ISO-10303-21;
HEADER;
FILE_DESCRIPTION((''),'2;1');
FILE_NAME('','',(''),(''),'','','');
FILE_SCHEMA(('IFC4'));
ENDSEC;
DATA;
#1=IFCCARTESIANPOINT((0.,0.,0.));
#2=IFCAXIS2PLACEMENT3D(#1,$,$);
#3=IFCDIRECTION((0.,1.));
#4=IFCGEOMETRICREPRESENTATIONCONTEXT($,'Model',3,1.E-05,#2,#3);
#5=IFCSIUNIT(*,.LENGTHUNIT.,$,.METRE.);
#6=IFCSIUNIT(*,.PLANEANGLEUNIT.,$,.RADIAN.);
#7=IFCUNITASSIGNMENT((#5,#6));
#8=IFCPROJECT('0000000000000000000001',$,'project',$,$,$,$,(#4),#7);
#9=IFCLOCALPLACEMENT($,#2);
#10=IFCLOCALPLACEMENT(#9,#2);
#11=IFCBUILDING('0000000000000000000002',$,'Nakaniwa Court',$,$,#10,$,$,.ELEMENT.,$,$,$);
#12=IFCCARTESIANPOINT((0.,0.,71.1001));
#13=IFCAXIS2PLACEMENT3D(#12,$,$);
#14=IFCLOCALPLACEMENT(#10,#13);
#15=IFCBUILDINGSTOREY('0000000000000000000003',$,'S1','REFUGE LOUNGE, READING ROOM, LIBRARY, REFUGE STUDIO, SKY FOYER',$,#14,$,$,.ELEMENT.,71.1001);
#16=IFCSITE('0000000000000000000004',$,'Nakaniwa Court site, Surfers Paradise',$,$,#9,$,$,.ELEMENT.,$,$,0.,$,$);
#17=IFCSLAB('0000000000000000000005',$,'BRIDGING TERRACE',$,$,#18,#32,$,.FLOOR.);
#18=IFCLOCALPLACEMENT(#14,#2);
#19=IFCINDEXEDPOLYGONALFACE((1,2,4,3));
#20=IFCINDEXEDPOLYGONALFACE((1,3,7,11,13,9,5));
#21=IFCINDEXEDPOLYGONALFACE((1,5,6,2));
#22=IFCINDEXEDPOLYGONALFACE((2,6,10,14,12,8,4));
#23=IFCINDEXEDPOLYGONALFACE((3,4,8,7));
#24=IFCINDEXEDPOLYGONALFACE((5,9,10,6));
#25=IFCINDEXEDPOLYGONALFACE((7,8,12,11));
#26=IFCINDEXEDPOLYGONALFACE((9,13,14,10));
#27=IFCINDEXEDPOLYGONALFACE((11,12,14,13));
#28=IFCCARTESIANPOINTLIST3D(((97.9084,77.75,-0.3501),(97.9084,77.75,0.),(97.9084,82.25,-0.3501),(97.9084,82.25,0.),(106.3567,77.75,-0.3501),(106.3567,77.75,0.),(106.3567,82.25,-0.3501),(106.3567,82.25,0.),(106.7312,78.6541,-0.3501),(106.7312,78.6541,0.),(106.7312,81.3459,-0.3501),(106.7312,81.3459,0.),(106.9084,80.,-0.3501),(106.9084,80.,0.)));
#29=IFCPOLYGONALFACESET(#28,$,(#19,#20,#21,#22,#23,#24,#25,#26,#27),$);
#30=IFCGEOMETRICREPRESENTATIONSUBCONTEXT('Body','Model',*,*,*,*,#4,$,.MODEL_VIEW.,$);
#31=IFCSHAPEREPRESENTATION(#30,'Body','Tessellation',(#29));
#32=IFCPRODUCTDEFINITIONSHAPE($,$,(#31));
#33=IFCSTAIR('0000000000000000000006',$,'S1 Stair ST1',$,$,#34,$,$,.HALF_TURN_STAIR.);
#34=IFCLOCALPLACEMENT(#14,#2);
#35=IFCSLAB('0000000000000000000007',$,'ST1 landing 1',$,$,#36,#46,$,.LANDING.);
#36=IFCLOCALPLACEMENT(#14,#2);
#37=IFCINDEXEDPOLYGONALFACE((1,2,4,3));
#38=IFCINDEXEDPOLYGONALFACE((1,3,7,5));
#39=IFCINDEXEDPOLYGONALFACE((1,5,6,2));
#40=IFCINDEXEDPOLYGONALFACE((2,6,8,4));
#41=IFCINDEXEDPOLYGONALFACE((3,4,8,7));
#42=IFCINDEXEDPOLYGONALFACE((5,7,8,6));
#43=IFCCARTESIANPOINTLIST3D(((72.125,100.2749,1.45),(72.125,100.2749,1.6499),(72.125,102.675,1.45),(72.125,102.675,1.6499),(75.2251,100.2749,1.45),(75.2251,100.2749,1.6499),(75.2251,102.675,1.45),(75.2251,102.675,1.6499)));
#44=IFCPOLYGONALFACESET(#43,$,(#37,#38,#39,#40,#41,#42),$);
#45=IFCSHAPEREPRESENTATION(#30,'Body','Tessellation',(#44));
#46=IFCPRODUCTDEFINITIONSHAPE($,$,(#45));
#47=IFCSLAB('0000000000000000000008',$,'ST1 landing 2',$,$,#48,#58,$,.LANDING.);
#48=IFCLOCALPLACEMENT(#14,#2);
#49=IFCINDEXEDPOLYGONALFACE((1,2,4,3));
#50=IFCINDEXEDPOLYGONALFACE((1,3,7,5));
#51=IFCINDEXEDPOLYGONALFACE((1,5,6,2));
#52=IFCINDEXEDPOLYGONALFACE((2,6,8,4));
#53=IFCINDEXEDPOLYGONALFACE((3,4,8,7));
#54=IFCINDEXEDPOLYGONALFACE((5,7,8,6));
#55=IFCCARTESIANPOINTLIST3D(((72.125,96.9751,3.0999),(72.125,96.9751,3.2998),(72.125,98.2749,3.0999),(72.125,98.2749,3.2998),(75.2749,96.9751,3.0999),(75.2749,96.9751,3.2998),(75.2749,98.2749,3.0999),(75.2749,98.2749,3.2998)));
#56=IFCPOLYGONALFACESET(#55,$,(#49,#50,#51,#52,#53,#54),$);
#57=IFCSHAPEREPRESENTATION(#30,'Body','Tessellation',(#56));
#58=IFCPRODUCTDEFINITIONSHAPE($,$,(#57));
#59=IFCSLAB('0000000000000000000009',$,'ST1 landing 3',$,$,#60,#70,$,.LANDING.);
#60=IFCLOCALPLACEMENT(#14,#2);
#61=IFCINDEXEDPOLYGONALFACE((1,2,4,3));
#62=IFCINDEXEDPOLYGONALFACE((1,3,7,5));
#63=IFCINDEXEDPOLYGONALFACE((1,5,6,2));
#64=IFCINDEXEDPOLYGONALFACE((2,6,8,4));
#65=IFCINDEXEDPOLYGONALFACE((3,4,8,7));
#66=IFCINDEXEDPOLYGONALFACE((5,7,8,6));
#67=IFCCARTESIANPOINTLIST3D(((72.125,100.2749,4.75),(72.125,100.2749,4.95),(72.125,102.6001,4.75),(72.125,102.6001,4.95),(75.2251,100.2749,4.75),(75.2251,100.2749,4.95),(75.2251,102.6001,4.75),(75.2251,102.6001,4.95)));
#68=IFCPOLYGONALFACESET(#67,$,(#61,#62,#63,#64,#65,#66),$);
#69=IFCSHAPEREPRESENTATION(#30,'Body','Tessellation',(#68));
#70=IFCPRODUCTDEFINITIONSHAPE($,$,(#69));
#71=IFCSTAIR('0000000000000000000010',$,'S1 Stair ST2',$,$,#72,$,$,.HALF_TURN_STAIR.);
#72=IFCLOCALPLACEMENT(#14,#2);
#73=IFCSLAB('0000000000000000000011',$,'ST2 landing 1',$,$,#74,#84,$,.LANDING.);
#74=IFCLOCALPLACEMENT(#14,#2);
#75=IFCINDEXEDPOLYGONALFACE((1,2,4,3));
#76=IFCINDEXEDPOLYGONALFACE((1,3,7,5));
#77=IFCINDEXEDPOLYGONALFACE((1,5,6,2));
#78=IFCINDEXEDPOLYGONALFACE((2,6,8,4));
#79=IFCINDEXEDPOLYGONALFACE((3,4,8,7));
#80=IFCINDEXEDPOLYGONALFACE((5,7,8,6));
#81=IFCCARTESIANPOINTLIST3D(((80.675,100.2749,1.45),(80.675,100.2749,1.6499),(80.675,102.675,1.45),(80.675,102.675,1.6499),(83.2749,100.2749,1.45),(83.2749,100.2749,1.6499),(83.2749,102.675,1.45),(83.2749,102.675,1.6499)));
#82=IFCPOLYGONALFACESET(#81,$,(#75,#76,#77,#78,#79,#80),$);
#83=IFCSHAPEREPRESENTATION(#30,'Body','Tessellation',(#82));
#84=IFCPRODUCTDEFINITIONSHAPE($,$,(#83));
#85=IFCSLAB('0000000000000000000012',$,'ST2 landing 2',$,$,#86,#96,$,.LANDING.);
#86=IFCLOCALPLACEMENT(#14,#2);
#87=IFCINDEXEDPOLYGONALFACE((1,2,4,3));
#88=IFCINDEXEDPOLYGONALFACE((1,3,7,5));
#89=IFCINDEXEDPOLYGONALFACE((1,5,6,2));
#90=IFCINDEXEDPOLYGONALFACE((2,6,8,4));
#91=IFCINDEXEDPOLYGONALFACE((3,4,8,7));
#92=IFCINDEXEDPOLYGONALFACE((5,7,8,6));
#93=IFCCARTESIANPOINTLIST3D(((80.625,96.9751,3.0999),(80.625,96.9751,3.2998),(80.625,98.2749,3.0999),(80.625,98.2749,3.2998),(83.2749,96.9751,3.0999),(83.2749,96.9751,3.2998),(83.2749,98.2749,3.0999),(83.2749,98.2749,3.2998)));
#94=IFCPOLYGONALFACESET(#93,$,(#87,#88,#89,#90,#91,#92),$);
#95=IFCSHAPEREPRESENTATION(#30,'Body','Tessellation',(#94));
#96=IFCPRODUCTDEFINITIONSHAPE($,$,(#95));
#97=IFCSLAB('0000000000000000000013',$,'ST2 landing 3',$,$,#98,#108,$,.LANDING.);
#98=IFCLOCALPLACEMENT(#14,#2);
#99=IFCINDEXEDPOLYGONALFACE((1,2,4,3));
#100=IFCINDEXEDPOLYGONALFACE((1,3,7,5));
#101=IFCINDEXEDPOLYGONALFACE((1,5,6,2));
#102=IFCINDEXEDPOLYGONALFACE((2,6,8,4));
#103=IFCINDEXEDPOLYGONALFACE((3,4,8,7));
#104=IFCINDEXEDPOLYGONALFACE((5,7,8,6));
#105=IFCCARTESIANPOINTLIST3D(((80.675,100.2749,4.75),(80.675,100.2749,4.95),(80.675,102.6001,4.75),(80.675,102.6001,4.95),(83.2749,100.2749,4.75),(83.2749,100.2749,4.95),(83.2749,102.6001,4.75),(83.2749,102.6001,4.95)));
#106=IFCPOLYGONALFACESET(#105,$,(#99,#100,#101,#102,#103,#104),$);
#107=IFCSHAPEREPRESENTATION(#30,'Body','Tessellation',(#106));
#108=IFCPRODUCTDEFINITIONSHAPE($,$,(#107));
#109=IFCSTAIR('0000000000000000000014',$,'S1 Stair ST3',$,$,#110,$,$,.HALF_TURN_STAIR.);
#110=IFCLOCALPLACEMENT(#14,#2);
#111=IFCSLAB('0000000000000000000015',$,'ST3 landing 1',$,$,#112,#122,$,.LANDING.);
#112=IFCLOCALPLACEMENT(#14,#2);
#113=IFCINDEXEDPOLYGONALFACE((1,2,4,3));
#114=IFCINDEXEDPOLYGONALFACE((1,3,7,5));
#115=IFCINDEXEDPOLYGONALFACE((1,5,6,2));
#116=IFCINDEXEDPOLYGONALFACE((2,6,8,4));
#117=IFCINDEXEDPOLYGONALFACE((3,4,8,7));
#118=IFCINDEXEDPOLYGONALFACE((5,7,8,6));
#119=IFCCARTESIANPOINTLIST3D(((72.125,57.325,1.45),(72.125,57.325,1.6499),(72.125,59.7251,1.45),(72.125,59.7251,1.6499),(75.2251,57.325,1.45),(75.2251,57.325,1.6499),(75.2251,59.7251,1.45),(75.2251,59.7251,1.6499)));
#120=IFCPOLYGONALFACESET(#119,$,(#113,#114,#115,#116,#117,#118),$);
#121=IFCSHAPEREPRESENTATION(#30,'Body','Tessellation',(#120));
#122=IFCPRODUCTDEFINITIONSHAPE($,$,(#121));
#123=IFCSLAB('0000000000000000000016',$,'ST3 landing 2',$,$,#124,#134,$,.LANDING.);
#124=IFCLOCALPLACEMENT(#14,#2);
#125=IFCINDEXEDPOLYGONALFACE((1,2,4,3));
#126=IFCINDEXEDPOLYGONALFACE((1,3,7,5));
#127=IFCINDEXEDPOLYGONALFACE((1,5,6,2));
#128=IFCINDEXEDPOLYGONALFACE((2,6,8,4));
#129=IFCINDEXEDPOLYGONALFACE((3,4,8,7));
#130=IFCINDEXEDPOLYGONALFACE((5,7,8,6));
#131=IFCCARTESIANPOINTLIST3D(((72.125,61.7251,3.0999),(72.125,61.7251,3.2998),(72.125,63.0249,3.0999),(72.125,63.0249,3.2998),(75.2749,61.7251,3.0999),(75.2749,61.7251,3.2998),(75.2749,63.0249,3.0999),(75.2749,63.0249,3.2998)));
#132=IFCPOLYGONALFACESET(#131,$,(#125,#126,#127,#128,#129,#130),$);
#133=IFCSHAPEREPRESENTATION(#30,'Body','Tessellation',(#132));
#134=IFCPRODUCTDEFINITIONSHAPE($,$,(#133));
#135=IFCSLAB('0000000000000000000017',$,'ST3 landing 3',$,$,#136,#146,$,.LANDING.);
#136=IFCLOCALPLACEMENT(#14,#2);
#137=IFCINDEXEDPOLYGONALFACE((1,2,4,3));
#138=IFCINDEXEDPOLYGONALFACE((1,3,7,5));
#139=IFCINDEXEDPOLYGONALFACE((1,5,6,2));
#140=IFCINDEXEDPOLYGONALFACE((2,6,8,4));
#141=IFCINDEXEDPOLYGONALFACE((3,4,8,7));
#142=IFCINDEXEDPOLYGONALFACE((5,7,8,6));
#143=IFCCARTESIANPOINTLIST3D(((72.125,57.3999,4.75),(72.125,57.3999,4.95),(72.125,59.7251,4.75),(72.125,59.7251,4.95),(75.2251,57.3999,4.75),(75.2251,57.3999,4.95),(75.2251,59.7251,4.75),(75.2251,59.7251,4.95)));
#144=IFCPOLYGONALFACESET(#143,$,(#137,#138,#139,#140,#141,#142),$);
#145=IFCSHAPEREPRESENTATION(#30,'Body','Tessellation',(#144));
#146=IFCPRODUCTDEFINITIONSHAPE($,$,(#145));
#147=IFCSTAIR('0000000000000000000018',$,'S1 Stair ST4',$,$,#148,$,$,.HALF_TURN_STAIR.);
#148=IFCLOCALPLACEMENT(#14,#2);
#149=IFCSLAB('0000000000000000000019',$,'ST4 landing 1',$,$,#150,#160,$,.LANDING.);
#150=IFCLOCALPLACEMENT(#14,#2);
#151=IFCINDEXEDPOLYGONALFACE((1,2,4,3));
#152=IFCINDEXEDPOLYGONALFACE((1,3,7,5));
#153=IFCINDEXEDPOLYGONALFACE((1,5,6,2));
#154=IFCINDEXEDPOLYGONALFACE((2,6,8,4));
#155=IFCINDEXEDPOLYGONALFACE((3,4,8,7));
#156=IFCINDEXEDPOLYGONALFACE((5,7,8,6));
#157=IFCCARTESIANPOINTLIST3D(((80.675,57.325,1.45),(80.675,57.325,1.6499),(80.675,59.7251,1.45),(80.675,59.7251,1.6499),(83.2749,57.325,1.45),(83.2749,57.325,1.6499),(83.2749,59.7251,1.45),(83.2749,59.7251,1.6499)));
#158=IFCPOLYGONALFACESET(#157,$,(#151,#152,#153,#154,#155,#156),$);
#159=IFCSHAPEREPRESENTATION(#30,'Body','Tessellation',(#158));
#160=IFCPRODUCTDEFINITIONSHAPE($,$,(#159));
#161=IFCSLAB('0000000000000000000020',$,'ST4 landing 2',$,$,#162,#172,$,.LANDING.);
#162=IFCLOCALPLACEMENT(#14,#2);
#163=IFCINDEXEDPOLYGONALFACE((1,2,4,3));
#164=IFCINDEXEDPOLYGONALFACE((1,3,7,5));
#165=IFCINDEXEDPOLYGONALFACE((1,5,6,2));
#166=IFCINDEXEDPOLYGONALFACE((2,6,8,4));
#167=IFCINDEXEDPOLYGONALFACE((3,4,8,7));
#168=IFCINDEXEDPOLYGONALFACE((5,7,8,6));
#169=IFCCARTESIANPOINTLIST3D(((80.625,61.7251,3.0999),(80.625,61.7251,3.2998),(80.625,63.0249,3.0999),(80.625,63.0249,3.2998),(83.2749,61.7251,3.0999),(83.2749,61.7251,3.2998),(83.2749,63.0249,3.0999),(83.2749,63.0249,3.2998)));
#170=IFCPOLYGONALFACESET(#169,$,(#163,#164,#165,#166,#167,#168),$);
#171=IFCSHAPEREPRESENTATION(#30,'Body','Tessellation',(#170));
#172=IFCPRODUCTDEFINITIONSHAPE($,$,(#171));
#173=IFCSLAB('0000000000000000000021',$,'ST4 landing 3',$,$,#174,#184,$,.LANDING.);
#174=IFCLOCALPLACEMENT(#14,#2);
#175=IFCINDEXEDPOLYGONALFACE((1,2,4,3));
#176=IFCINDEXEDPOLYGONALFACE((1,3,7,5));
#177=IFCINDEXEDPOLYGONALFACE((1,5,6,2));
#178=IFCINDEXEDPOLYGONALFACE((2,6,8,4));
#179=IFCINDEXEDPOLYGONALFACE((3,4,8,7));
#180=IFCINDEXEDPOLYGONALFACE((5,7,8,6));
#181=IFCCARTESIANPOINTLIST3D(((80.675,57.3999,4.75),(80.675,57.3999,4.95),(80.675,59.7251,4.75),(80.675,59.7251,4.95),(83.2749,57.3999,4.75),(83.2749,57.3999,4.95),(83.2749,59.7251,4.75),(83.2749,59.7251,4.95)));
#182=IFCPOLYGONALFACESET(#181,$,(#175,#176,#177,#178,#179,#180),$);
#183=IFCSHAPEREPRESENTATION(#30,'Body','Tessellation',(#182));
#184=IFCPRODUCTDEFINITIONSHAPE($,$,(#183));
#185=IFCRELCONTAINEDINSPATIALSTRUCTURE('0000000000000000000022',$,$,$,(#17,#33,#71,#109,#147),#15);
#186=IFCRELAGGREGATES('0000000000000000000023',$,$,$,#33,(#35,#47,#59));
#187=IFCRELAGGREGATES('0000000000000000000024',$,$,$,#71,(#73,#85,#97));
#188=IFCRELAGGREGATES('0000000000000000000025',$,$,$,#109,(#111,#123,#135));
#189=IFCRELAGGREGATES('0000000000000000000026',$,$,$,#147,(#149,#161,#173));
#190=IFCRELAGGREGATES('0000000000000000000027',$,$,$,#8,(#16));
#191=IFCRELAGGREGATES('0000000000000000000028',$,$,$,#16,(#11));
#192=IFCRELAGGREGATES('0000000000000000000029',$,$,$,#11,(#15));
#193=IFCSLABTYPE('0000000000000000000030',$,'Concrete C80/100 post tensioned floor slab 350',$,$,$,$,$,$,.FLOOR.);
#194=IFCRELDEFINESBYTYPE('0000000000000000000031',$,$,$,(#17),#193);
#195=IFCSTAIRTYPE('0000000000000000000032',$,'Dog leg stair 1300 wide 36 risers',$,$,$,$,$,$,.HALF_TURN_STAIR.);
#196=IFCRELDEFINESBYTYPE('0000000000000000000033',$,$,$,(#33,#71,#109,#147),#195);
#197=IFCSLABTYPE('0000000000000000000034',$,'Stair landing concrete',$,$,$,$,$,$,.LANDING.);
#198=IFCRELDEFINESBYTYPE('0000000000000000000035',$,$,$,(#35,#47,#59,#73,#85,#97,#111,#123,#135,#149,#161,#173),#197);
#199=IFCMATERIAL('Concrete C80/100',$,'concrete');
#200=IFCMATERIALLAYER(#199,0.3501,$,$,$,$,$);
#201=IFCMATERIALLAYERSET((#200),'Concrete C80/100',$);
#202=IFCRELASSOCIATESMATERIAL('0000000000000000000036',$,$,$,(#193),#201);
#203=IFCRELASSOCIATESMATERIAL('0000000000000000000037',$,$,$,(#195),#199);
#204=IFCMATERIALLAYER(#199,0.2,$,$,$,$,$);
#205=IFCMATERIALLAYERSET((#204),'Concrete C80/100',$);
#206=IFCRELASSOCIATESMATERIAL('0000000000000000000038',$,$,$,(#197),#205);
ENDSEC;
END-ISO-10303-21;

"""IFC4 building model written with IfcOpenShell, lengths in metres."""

from ifc_helpers import new_model, si_unit, direction, frame, origin, place, context, subcontext, project, spatial, polyline, outline, extrude, material, layer, layer_set, type_object, element, aggregate, save


model = new_model("IFC4")

# Units and contexts
model_context = context("Model", 3, precision=1e-05, world=origin(), true_north=direction((0.0, 1.0)))
body_context = subcontext(model_context, "Body", "Model", "MODEL_VIEW")
ifc_project = project(units=[si_unit("LENGTHUNIT", "METRE"), si_unit("PLANEANGLEUNIT", "RADIAN")], contexts=[model_context])

# Site, building, storey
site_placement = place(None, origin())
site = spatial("IfcSite", under=ifc_project, at=site_placement, Name="Nakaniwa Court site, Surfers Paradise", CompositionType="ELEMENT", RefElevation=0.0)
building_placement = place(site_placement, origin())
building = spatial("IfcBuilding", under=site, at=building_placement, Name="Nakaniwa Court", CompositionType="ELEMENT")
storey_placement = place(building_placement, frame((0.0, 0.0, 71.1001)))
storey = spatial("IfcBuildingStorey", under=building, at=storey_placement, Name="S1", Description="REFUGE LOUNGE, READING ROOM, LIBRARY, REFUGE STUDIO, SKY FOYER", CompositionType="ELEMENT", Elevation=71.1001)

# Shared definitions
ifc_material_1 = material(Name="Concrete C80/100", Category="concrete")

# Slab
ifc_layer_1 = layer(ifc_material_1, 0.3501)
ifc_layer_set_1 = layer_set([ifc_layer_1], Name="Concrete C80/100")
slab_type_1 = type_object("IfcSlabType", Name="Concrete C80/100 post tensioned floor slab 350", PredefinedType="FLOOR", material=ifc_layer_set_1)
slab_1_placement = place(storey_placement, frame((0.0, 0.0, -0.3501)))
element("IfcSlab", 1, at=slab_1_placement, inside=storey, type_object=slab_type_1, Name="BRIDGING TERRACE", PredefinedType="FLOOR", context=body_context, shape_type="SweptSolid", body=[
    extrude(outline(polyline([(97.9084, 77.75), (106.3567, 77.75), (106.7312, 78.6541), (106.9084, 80.0), (106.7312, 81.3459), (106.3567, 82.25), (97.9084, 82.25), (97.9084, 77.75)])), origin(), (0.0, 0.0, 1.0), 0.3501),
])

# Stairs, slabs
stair_type = type_object("IfcStairType", Name="Dog leg stair 1300 wide 36 risers", PredefinedType="HALF_TURN_STAIR", material=ifc_material_1)
stair_1_placement = place(storey_placement, origin())
stair_1 = element("IfcStair", 2, at=stair_1_placement, inside=storey, type_object=stair_type, Name="S1 Stair ST1", PredefinedType="HALF_TURN_STAIR")
ifc_layer_2 = layer(ifc_material_1, 0.2)
ifc_layer_set_2 = layer_set([ifc_layer_2], Name="Concrete C80/100")
slab_type_2 = type_object("IfcSlabType", Name="Stair landing concrete", PredefinedType="LANDING", material=ifc_layer_set_2)
slab_2_placement = place(storey_placement, frame((0.0, 0.0, 1.45)))
slab_2 = element("IfcSlab", 3, at=slab_2_placement, type_object=slab_type_2, Name="ST1 landing 1", PredefinedType="LANDING", context=body_context, shape_type="SweptSolid", body=[
    extrude(outline(polyline([(75.2251, 100.2749), (75.2251, 102.675), (72.125, 102.675), (72.125, 100.2749), (75.2251, 100.2749)])), origin(), (0.0, 0.0, 1.0), 0.2),
])
slab_3_placement = place(storey_placement, frame((0.0, 0.0, 3.0999)))
slab_3 = element("IfcSlab", 4, at=slab_3_placement, type_object=slab_type_2, Name="ST1 landing 2", PredefinedType="LANDING", context=body_context, shape_type="SweptSolid", body=[
    extrude(outline(polyline([(75.2749, 96.9751), (75.2749, 98.2749), (72.125, 98.2749), (72.125, 96.9751), (75.2749, 96.9751)])), origin(), (0.0, 0.0, 1.0), 0.2),
])
slab_4_placement = place(storey_placement, frame((0.0, 0.0, 4.75)))
slab_4 = element("IfcSlab", 5, at=slab_4_placement, type_object=slab_type_2, Name="ST1 landing 3", PredefinedType="LANDING", context=body_context, shape_type="SweptSolid", body=[
    extrude(outline(polyline([(75.2251, 100.2749), (75.2251, 102.6001), (72.125, 102.6001), (72.125, 100.2749), (75.2251, 100.2749)])), origin(), (0.0, 0.0, 1.0), 0.2),
])
aggregate(stair_1, [slab_2, slab_3, slab_4])
stair_2_placement = place(storey_placement, origin())
stair_2 = element("IfcStair", 6, at=stair_2_placement, inside=storey, type_object=stair_type, Name="S1 Stair ST2", PredefinedType="HALF_TURN_STAIR")
slab_5_placement = place(storey_placement, frame((0.0, 0.0, 1.45)))
slab_5 = element("IfcSlab", 7, at=slab_5_placement, type_object=slab_type_2, Name="ST2 landing 1", PredefinedType="LANDING", context=body_context, shape_type="SweptSolid", body=[
    extrude(outline(polyline([(83.2749, 100.2749), (83.2749, 102.675), (80.675, 102.675), (80.675, 100.2749), (83.2749, 100.2749)])), origin(), (0.0, 0.0, 1.0), 0.2),
])
slab_6_placement = place(storey_placement, frame((0.0, 0.0, 3.0999)))
slab_6 = element("IfcSlab", 8, at=slab_6_placement, type_object=slab_type_2, Name="ST2 landing 2", PredefinedType="LANDING", context=body_context, shape_type="SweptSolid", body=[
    extrude(outline(polyline([(83.2749, 96.9751), (83.2749, 98.2749), (80.625, 98.2749), (80.625, 96.9751), (83.2749, 96.9751)])), origin(), (0.0, 0.0, 1.0), 0.2),
])
slab_7_placement = place(storey_placement, frame((0.0, 0.0, 4.75)))
slab_7 = element("IfcSlab", 9, at=slab_7_placement, type_object=slab_type_2, Name="ST2 landing 3", PredefinedType="LANDING", context=body_context, shape_type="SweptSolid", body=[
    extrude(outline(polyline([(83.2749, 100.2749), (83.2749, 102.6001), (80.675, 102.6001), (80.675, 100.2749), (83.2749, 100.2749)])), origin(), (0.0, 0.0, 1.0), 0.2),
])
aggregate(stair_2, [slab_5, slab_6, slab_7])
stair_3_placement = place(storey_placement, origin())
stair_3 = element("IfcStair", 10, at=stair_3_placement, inside=storey, type_object=stair_type, Name="S1 Stair ST3", PredefinedType="HALF_TURN_STAIR")
slab_8_placement = place(storey_placement, frame((0.0, 0.0, 1.45)))
slab_8 = element("IfcSlab", 11, at=slab_8_placement, type_object=slab_type_2, Name="ST3 landing 1", PredefinedType="LANDING", context=body_context, shape_type="SweptSolid", body=[
    extrude(outline(polyline([(75.2251, 57.325), (75.2251, 59.7251), (72.125, 59.7251), (72.125, 57.325), (75.2251, 57.325)])), origin(), (0.0, 0.0, 1.0), 0.2),
])
slab_9_placement = place(storey_placement, frame((0.0, 0.0, 3.0999)))
slab_9 = element("IfcSlab", 12, at=slab_9_placement, type_object=slab_type_2, Name="ST3 landing 2", PredefinedType="LANDING", context=body_context, shape_type="SweptSolid", body=[
    extrude(outline(polyline([(75.2749, 61.7251), (75.2749, 63.0249), (72.125, 63.0249), (72.125, 61.7251), (75.2749, 61.7251)])), origin(), (0.0, 0.0, 1.0), 0.2),
])
slab_10_placement = place(storey_placement, frame((0.0, 0.0, 4.75)))
slab_10 = element("IfcSlab", 13, at=slab_10_placement, type_object=slab_type_2, Name="ST3 landing 3", PredefinedType="LANDING", context=body_context, shape_type="SweptSolid", body=[
    extrude(outline(polyline([(75.2251, 57.3999), (75.2251, 59.7251), (72.125, 59.7251), (72.125, 57.3999), (75.2251, 57.3999)])), origin(), (0.0, 0.0, 1.0), 0.2),
])
aggregate(stair_3, [slab_8, slab_9, slab_10])
stair_4_placement = place(storey_placement, origin())
stair_4 = element("IfcStair", 14, at=stair_4_placement, inside=storey, type_object=stair_type, Name="S1 Stair ST4", PredefinedType="HALF_TURN_STAIR")
slab_11_placement = place(storey_placement, frame((0.0, 0.0, 1.45)))
slab_11 = element("IfcSlab", 15, at=slab_11_placement, type_object=slab_type_2, Name="ST4 landing 1", PredefinedType="LANDING", context=body_context, shape_type="SweptSolid", body=[
    extrude(outline(polyline([(83.2749, 57.325), (83.2749, 59.7251), (80.675, 59.7251), (80.675, 57.325), (83.2749, 57.325)])), origin(), (0.0, 0.0, 1.0), 0.2),
])
slab_12_placement = place(storey_placement, frame((0.0, 0.0, 3.0999)))
slab_12 = element("IfcSlab", 16, at=slab_12_placement, type_object=slab_type_2, Name="ST4 landing 2", PredefinedType="LANDING", context=body_context, shape_type="SweptSolid", body=[
    extrude(outline(polyline([(83.2749, 61.7251), (83.2749, 63.0249), (80.625, 63.0249), (80.625, 61.7251), (83.2749, 61.7251)])), origin(), (0.0, 0.0, 1.0), 0.2),
])
slab_13_placement = place(storey_placement, frame((0.0, 0.0, 4.75)))
slab_13 = element("IfcSlab", 17, at=slab_13_placement, type_object=slab_type_2, Name="ST4 landing 3", PredefinedType="LANDING", context=body_context, shape_type="SweptSolid", body=[
    extrude(outline(polyline([(83.2749, 57.3999), (83.2749, 59.7251), (80.675, 59.7251), (80.675, 57.3999), (83.2749, 57.3999)])), origin(), (0.0, 0.0, 1.0), 0.2),
])
aggregate(stair_4, [slab_11, slab_12, slab_13])

save(model, "model.ifc")
